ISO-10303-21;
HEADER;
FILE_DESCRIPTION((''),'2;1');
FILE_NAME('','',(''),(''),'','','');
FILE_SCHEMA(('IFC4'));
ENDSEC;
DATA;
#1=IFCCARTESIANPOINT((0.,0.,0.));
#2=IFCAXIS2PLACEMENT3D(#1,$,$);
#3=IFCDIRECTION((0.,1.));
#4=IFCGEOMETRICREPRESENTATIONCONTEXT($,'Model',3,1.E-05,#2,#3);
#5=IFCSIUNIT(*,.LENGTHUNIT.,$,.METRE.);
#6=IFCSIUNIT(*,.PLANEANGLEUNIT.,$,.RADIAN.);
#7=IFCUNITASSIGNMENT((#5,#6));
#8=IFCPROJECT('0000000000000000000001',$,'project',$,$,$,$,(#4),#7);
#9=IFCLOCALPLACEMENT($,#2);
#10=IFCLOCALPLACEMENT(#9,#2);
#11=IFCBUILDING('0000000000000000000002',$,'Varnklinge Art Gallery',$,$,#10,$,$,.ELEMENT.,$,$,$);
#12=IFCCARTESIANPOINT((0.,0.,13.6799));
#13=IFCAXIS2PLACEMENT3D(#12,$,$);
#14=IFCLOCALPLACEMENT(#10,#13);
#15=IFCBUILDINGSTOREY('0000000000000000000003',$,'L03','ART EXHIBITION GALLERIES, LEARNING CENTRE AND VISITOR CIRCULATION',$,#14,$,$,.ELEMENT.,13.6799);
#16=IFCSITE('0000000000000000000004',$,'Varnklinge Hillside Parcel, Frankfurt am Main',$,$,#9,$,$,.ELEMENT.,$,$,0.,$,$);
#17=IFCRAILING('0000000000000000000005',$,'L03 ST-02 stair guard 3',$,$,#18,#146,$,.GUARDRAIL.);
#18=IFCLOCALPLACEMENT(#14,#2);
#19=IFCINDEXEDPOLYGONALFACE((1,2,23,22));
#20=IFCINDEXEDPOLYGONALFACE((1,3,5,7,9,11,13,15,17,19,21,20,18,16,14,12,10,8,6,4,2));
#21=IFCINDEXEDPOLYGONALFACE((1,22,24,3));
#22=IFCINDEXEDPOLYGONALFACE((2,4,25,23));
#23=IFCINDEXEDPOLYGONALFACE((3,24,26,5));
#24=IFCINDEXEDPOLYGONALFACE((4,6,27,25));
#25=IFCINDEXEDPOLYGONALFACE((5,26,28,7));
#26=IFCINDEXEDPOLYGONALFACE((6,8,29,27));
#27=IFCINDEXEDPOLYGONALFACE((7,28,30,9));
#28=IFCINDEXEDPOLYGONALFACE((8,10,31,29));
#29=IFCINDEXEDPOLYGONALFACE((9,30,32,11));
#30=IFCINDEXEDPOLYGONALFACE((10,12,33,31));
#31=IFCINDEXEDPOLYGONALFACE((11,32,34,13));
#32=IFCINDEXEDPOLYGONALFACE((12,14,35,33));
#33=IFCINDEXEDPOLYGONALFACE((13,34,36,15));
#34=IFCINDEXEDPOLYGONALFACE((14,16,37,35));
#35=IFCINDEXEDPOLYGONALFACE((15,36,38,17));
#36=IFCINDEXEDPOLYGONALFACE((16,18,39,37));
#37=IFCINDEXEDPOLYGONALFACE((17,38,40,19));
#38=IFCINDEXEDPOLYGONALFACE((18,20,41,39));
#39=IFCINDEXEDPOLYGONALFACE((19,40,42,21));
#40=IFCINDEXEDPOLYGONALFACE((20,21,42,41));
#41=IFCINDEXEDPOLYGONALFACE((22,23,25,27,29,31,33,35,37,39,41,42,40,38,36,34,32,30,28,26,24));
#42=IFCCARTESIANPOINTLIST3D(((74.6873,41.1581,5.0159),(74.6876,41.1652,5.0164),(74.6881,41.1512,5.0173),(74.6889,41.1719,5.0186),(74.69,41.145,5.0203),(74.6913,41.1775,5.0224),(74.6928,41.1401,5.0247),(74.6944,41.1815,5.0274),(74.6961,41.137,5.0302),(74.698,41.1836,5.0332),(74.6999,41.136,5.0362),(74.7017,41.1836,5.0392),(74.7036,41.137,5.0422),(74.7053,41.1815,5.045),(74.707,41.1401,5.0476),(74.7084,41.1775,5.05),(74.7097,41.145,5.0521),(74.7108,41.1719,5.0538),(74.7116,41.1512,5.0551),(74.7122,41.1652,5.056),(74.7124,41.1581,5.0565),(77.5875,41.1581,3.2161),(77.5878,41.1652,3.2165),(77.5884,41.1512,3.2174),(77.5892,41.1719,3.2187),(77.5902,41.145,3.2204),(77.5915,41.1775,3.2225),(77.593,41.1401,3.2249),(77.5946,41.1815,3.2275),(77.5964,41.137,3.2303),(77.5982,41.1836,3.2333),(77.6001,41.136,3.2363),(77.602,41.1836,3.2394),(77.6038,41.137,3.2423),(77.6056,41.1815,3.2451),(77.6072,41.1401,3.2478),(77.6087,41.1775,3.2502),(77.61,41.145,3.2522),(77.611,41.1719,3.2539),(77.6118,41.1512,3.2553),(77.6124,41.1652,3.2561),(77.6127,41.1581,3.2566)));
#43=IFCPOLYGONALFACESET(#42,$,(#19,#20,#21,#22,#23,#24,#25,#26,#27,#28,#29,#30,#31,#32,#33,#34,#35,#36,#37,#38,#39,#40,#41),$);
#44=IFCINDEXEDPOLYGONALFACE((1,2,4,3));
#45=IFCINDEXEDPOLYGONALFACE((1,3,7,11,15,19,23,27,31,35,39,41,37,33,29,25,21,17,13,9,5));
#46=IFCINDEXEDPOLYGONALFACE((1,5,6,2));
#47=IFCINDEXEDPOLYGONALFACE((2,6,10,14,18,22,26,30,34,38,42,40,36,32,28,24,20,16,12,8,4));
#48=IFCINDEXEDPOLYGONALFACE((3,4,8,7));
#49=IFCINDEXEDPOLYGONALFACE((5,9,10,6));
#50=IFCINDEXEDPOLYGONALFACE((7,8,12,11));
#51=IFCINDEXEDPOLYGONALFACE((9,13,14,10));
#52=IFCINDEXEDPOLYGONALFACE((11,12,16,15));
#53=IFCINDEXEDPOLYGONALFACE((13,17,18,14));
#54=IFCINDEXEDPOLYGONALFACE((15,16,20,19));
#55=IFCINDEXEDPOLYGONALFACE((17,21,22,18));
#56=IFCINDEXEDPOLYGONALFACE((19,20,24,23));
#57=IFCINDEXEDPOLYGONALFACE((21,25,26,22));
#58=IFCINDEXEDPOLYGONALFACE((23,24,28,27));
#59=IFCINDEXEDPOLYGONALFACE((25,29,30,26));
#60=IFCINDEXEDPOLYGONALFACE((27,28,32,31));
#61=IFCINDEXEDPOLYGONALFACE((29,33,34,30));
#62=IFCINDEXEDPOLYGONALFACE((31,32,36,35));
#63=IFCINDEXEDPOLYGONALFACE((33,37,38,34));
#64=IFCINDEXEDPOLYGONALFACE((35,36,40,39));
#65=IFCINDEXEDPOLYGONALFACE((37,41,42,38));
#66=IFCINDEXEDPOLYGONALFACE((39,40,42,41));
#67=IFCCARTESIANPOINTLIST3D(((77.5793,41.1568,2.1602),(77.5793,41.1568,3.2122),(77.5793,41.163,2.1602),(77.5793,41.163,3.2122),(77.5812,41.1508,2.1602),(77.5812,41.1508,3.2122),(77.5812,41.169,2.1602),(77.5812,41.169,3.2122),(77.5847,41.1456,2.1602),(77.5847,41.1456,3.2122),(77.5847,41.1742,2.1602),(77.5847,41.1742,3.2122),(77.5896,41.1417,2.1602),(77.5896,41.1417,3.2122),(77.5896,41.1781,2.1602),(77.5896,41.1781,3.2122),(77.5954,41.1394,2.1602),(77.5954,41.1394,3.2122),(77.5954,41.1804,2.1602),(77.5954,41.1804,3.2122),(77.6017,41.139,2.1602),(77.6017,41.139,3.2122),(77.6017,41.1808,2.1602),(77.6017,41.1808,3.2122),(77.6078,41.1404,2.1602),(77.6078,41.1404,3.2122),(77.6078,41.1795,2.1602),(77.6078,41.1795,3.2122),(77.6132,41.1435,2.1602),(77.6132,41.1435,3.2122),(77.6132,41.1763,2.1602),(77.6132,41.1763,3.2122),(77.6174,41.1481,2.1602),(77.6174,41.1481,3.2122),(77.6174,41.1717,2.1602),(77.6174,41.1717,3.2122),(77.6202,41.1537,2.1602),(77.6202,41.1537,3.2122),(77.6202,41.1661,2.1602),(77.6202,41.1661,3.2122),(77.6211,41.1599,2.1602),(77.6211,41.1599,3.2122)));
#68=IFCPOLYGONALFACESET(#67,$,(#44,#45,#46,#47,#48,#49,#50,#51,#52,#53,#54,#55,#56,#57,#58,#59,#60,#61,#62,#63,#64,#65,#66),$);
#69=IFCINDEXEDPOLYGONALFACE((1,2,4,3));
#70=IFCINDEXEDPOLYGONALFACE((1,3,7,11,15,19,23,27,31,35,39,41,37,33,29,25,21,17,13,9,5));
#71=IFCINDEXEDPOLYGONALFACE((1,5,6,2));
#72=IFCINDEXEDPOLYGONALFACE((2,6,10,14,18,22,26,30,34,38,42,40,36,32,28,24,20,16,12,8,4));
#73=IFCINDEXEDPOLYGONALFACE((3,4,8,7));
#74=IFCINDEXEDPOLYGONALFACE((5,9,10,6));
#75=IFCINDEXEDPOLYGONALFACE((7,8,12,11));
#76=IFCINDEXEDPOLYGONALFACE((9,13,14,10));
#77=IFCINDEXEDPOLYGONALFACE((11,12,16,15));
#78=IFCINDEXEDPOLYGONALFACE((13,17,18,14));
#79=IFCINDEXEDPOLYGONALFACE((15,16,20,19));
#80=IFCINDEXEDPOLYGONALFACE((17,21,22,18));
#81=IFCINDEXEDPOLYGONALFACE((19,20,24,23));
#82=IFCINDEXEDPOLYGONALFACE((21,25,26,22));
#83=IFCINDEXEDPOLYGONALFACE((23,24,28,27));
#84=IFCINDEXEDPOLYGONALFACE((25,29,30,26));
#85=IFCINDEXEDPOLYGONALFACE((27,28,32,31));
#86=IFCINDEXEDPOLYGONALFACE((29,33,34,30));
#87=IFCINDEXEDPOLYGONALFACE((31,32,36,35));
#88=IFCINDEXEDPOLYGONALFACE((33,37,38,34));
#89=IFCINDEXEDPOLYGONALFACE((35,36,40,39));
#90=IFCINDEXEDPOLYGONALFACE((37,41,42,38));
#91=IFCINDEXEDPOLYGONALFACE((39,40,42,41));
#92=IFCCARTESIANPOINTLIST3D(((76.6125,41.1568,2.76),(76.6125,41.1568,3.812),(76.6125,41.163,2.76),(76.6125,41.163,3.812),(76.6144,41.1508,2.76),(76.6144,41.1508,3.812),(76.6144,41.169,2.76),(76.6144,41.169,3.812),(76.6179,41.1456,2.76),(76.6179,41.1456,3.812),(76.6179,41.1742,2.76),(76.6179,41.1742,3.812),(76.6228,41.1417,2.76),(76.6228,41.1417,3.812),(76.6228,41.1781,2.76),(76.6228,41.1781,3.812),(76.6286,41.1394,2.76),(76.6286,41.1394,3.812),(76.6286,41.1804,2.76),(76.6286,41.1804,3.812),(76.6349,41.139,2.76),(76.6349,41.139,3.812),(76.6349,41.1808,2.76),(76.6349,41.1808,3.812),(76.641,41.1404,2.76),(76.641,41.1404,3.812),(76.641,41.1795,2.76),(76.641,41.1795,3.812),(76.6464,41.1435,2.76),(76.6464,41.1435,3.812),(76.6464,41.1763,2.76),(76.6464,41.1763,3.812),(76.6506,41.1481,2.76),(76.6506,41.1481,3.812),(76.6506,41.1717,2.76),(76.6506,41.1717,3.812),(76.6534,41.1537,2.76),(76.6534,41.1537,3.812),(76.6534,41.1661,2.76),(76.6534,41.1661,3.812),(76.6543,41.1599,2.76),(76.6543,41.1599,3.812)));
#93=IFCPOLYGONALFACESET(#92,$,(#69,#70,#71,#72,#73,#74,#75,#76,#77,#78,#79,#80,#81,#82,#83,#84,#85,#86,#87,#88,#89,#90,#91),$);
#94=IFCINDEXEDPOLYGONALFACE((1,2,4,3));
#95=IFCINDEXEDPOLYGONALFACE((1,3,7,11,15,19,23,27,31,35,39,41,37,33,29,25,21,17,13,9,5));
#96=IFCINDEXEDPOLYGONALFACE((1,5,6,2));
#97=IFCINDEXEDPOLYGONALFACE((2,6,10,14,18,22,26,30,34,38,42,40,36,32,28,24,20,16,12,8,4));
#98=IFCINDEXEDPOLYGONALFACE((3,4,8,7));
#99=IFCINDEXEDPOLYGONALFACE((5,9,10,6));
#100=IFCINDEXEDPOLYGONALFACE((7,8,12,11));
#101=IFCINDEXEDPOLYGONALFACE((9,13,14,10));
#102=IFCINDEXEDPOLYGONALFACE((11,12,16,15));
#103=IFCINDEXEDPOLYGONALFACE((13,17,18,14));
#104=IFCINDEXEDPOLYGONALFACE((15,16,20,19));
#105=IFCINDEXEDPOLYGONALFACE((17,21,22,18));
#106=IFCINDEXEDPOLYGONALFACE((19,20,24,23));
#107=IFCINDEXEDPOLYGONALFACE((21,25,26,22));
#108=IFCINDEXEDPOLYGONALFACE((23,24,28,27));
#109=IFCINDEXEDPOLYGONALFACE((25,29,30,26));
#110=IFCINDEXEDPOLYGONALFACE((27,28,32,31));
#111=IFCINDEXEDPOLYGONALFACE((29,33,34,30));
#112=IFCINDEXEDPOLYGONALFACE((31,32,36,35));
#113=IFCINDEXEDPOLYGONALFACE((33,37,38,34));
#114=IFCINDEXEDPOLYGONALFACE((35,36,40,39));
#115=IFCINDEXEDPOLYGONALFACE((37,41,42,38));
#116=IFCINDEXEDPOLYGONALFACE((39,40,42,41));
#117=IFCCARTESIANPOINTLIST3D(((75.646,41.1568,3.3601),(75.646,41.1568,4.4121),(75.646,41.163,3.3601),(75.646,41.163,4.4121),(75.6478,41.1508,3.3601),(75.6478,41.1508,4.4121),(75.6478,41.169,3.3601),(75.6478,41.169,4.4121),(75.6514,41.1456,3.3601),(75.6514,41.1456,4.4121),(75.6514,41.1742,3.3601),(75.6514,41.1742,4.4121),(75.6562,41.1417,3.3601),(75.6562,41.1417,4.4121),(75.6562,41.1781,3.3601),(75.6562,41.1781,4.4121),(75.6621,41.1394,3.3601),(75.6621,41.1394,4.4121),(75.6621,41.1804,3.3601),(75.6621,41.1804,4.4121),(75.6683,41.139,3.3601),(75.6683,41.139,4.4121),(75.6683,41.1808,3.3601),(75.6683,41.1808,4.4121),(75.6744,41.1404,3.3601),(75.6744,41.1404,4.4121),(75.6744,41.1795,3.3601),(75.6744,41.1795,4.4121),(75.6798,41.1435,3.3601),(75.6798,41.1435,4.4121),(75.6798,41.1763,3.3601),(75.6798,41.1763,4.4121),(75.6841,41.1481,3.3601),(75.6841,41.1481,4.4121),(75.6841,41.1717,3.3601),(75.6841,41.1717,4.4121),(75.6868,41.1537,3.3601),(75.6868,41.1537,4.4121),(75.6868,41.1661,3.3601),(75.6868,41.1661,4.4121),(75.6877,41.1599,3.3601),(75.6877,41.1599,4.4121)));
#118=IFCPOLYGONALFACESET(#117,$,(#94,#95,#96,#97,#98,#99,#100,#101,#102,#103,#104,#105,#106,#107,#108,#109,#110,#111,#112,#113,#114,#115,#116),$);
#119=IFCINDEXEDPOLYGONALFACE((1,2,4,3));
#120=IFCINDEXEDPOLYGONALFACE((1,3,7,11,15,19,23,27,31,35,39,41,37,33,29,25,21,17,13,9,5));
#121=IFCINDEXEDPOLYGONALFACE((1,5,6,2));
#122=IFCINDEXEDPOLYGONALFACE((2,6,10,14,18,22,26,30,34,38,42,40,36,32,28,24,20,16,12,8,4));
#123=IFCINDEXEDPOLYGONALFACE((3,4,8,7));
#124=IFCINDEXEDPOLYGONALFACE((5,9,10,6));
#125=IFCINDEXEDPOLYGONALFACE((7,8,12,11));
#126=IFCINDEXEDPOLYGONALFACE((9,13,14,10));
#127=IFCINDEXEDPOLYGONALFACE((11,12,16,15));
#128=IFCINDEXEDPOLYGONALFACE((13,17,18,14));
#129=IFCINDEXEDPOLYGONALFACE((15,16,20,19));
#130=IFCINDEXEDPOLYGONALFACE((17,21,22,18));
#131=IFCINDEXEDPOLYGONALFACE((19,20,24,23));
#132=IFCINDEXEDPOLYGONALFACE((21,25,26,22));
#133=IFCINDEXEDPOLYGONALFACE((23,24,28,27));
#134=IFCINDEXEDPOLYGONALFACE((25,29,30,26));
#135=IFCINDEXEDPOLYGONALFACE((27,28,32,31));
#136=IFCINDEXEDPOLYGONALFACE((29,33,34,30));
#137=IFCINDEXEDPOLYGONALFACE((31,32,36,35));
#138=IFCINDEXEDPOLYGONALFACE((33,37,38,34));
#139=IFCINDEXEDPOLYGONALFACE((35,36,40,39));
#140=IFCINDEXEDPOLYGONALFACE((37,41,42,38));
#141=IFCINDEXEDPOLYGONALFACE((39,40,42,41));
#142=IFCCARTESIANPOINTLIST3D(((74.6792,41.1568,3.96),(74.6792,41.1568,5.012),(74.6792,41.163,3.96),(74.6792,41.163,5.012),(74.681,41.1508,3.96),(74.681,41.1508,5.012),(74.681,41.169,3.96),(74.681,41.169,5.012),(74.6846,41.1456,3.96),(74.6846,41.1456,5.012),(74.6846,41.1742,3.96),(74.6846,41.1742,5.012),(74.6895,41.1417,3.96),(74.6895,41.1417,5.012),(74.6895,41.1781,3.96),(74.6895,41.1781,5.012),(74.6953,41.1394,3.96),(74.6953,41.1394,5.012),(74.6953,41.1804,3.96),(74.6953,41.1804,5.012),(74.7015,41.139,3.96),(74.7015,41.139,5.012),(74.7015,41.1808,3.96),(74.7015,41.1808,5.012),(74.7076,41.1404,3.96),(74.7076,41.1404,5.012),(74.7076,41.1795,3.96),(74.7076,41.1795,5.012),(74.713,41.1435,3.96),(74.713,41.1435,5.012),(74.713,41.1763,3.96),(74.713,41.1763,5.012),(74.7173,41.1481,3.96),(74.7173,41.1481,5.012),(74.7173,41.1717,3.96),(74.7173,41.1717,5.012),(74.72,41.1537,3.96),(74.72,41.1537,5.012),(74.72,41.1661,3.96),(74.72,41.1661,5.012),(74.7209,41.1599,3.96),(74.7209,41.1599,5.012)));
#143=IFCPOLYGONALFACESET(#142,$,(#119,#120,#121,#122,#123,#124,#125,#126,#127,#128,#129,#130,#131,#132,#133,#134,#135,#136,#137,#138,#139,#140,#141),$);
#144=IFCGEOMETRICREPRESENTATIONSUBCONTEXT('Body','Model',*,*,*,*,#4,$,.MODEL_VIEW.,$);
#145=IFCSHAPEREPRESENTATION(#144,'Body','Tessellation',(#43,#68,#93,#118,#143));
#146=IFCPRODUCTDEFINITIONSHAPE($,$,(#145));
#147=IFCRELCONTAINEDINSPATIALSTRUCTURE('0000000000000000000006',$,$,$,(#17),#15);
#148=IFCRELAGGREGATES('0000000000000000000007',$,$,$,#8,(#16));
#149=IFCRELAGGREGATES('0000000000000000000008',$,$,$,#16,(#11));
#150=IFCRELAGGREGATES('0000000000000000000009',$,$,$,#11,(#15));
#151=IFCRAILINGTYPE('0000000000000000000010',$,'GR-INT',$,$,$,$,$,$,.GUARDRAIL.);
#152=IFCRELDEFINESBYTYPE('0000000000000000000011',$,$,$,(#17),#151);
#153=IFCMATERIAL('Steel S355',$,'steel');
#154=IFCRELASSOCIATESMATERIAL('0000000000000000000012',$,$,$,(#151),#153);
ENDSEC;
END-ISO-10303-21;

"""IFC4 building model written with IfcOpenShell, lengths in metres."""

from ifc_helpers import new_model, si_unit, direction, frame, origin, origin_2d, place, context, subcontext, project, spatial, circle, extrude, material, type_object, element, save


model = new_model("IFC4")

# Units and contexts
model_context = context("Model", 3, precision=1e-05, world=origin(), true_north=direction((0.0, 1.0)))
body_context = subcontext(model_context, "Body", "Model", "MODEL_VIEW")
ifc_project = project(units=[si_unit("LENGTHUNIT", "METRE"), si_unit("PLANEANGLEUNIT", "RADIAN")], contexts=[model_context])

# Site, building, storey
site_placement = place(None, origin())
site = spatial("IfcSite", under=ifc_project, at=site_placement, Name="Varnklinge Hillside Parcel, Frankfurt am Main", CompositionType="ELEMENT", RefElevation=0.0)
building_placement = place(site_placement, origin())
building = spatial("IfcBuilding", under=site, at=building_placement, Name="Varnklinge Art Gallery", CompositionType="ELEMENT")
storey_placement = place(building_placement, frame((0.0, 0.0, 13.6799)))
storey = spatial("IfcBuildingStorey", under=building, at=storey_placement, Name="L03", Description="ART EXHIBITION GALLERIES, LEARNING CENTRE AND VISITOR CIRCULATION", CompositionType="ELEMENT", Elevation=13.6799)

# Railing
ifc_material_1 = material(Name="Steel S355", Category="steel")
railing_type_1 = type_object("IfcRailingType", Name="GR-INT", PredefinedType="GUARDRAIL", material=ifc_material_1)
railing_1_placement = place(storey_placement, frame((77.6001, 41.1599, 2.1602)))
element("IfcRailing", 1, at=railing_1_placement, inside=storey, type_object=railing_type_1, Name="L03 ST-02 stair guard 3", PredefinedType="GUARDRAIL", context=body_context, shape_type="SweptSolid", body=[
    extrude(circle(Radius=0.0239, at=origin_2d()), frame((0.0, 0.0, 1.0762), z_axis=(-0.849678, 0.0, 0.527302), x_axis=(0.0, -1.0, 0.0)), (0.0, 0.0, 1.0), 3.4133),
    extrude(circle(Radius=0.021, at=origin_2d()), origin(), (0.0, 0.0, 1.0), 1.052),
    extrude(circle(Radius=0.021, at=origin_2d()), frame((-0.9668, 0.0, 0.5999)), (0.0, 0.0, 1.0), 1.052),
    extrude(circle(Radius=0.021, at=origin_2d()), frame((-1.9333, 0.0, 1.2)), (0.0, 0.0, 1.0), 1.052),
    extrude(circle(Radius=0.021, at=origin_2d()), frame((-2.9001, 0.0, 1.7998)), (0.0, 0.0, 1.0), 1.052),
])

save(model, "model.ifc")
